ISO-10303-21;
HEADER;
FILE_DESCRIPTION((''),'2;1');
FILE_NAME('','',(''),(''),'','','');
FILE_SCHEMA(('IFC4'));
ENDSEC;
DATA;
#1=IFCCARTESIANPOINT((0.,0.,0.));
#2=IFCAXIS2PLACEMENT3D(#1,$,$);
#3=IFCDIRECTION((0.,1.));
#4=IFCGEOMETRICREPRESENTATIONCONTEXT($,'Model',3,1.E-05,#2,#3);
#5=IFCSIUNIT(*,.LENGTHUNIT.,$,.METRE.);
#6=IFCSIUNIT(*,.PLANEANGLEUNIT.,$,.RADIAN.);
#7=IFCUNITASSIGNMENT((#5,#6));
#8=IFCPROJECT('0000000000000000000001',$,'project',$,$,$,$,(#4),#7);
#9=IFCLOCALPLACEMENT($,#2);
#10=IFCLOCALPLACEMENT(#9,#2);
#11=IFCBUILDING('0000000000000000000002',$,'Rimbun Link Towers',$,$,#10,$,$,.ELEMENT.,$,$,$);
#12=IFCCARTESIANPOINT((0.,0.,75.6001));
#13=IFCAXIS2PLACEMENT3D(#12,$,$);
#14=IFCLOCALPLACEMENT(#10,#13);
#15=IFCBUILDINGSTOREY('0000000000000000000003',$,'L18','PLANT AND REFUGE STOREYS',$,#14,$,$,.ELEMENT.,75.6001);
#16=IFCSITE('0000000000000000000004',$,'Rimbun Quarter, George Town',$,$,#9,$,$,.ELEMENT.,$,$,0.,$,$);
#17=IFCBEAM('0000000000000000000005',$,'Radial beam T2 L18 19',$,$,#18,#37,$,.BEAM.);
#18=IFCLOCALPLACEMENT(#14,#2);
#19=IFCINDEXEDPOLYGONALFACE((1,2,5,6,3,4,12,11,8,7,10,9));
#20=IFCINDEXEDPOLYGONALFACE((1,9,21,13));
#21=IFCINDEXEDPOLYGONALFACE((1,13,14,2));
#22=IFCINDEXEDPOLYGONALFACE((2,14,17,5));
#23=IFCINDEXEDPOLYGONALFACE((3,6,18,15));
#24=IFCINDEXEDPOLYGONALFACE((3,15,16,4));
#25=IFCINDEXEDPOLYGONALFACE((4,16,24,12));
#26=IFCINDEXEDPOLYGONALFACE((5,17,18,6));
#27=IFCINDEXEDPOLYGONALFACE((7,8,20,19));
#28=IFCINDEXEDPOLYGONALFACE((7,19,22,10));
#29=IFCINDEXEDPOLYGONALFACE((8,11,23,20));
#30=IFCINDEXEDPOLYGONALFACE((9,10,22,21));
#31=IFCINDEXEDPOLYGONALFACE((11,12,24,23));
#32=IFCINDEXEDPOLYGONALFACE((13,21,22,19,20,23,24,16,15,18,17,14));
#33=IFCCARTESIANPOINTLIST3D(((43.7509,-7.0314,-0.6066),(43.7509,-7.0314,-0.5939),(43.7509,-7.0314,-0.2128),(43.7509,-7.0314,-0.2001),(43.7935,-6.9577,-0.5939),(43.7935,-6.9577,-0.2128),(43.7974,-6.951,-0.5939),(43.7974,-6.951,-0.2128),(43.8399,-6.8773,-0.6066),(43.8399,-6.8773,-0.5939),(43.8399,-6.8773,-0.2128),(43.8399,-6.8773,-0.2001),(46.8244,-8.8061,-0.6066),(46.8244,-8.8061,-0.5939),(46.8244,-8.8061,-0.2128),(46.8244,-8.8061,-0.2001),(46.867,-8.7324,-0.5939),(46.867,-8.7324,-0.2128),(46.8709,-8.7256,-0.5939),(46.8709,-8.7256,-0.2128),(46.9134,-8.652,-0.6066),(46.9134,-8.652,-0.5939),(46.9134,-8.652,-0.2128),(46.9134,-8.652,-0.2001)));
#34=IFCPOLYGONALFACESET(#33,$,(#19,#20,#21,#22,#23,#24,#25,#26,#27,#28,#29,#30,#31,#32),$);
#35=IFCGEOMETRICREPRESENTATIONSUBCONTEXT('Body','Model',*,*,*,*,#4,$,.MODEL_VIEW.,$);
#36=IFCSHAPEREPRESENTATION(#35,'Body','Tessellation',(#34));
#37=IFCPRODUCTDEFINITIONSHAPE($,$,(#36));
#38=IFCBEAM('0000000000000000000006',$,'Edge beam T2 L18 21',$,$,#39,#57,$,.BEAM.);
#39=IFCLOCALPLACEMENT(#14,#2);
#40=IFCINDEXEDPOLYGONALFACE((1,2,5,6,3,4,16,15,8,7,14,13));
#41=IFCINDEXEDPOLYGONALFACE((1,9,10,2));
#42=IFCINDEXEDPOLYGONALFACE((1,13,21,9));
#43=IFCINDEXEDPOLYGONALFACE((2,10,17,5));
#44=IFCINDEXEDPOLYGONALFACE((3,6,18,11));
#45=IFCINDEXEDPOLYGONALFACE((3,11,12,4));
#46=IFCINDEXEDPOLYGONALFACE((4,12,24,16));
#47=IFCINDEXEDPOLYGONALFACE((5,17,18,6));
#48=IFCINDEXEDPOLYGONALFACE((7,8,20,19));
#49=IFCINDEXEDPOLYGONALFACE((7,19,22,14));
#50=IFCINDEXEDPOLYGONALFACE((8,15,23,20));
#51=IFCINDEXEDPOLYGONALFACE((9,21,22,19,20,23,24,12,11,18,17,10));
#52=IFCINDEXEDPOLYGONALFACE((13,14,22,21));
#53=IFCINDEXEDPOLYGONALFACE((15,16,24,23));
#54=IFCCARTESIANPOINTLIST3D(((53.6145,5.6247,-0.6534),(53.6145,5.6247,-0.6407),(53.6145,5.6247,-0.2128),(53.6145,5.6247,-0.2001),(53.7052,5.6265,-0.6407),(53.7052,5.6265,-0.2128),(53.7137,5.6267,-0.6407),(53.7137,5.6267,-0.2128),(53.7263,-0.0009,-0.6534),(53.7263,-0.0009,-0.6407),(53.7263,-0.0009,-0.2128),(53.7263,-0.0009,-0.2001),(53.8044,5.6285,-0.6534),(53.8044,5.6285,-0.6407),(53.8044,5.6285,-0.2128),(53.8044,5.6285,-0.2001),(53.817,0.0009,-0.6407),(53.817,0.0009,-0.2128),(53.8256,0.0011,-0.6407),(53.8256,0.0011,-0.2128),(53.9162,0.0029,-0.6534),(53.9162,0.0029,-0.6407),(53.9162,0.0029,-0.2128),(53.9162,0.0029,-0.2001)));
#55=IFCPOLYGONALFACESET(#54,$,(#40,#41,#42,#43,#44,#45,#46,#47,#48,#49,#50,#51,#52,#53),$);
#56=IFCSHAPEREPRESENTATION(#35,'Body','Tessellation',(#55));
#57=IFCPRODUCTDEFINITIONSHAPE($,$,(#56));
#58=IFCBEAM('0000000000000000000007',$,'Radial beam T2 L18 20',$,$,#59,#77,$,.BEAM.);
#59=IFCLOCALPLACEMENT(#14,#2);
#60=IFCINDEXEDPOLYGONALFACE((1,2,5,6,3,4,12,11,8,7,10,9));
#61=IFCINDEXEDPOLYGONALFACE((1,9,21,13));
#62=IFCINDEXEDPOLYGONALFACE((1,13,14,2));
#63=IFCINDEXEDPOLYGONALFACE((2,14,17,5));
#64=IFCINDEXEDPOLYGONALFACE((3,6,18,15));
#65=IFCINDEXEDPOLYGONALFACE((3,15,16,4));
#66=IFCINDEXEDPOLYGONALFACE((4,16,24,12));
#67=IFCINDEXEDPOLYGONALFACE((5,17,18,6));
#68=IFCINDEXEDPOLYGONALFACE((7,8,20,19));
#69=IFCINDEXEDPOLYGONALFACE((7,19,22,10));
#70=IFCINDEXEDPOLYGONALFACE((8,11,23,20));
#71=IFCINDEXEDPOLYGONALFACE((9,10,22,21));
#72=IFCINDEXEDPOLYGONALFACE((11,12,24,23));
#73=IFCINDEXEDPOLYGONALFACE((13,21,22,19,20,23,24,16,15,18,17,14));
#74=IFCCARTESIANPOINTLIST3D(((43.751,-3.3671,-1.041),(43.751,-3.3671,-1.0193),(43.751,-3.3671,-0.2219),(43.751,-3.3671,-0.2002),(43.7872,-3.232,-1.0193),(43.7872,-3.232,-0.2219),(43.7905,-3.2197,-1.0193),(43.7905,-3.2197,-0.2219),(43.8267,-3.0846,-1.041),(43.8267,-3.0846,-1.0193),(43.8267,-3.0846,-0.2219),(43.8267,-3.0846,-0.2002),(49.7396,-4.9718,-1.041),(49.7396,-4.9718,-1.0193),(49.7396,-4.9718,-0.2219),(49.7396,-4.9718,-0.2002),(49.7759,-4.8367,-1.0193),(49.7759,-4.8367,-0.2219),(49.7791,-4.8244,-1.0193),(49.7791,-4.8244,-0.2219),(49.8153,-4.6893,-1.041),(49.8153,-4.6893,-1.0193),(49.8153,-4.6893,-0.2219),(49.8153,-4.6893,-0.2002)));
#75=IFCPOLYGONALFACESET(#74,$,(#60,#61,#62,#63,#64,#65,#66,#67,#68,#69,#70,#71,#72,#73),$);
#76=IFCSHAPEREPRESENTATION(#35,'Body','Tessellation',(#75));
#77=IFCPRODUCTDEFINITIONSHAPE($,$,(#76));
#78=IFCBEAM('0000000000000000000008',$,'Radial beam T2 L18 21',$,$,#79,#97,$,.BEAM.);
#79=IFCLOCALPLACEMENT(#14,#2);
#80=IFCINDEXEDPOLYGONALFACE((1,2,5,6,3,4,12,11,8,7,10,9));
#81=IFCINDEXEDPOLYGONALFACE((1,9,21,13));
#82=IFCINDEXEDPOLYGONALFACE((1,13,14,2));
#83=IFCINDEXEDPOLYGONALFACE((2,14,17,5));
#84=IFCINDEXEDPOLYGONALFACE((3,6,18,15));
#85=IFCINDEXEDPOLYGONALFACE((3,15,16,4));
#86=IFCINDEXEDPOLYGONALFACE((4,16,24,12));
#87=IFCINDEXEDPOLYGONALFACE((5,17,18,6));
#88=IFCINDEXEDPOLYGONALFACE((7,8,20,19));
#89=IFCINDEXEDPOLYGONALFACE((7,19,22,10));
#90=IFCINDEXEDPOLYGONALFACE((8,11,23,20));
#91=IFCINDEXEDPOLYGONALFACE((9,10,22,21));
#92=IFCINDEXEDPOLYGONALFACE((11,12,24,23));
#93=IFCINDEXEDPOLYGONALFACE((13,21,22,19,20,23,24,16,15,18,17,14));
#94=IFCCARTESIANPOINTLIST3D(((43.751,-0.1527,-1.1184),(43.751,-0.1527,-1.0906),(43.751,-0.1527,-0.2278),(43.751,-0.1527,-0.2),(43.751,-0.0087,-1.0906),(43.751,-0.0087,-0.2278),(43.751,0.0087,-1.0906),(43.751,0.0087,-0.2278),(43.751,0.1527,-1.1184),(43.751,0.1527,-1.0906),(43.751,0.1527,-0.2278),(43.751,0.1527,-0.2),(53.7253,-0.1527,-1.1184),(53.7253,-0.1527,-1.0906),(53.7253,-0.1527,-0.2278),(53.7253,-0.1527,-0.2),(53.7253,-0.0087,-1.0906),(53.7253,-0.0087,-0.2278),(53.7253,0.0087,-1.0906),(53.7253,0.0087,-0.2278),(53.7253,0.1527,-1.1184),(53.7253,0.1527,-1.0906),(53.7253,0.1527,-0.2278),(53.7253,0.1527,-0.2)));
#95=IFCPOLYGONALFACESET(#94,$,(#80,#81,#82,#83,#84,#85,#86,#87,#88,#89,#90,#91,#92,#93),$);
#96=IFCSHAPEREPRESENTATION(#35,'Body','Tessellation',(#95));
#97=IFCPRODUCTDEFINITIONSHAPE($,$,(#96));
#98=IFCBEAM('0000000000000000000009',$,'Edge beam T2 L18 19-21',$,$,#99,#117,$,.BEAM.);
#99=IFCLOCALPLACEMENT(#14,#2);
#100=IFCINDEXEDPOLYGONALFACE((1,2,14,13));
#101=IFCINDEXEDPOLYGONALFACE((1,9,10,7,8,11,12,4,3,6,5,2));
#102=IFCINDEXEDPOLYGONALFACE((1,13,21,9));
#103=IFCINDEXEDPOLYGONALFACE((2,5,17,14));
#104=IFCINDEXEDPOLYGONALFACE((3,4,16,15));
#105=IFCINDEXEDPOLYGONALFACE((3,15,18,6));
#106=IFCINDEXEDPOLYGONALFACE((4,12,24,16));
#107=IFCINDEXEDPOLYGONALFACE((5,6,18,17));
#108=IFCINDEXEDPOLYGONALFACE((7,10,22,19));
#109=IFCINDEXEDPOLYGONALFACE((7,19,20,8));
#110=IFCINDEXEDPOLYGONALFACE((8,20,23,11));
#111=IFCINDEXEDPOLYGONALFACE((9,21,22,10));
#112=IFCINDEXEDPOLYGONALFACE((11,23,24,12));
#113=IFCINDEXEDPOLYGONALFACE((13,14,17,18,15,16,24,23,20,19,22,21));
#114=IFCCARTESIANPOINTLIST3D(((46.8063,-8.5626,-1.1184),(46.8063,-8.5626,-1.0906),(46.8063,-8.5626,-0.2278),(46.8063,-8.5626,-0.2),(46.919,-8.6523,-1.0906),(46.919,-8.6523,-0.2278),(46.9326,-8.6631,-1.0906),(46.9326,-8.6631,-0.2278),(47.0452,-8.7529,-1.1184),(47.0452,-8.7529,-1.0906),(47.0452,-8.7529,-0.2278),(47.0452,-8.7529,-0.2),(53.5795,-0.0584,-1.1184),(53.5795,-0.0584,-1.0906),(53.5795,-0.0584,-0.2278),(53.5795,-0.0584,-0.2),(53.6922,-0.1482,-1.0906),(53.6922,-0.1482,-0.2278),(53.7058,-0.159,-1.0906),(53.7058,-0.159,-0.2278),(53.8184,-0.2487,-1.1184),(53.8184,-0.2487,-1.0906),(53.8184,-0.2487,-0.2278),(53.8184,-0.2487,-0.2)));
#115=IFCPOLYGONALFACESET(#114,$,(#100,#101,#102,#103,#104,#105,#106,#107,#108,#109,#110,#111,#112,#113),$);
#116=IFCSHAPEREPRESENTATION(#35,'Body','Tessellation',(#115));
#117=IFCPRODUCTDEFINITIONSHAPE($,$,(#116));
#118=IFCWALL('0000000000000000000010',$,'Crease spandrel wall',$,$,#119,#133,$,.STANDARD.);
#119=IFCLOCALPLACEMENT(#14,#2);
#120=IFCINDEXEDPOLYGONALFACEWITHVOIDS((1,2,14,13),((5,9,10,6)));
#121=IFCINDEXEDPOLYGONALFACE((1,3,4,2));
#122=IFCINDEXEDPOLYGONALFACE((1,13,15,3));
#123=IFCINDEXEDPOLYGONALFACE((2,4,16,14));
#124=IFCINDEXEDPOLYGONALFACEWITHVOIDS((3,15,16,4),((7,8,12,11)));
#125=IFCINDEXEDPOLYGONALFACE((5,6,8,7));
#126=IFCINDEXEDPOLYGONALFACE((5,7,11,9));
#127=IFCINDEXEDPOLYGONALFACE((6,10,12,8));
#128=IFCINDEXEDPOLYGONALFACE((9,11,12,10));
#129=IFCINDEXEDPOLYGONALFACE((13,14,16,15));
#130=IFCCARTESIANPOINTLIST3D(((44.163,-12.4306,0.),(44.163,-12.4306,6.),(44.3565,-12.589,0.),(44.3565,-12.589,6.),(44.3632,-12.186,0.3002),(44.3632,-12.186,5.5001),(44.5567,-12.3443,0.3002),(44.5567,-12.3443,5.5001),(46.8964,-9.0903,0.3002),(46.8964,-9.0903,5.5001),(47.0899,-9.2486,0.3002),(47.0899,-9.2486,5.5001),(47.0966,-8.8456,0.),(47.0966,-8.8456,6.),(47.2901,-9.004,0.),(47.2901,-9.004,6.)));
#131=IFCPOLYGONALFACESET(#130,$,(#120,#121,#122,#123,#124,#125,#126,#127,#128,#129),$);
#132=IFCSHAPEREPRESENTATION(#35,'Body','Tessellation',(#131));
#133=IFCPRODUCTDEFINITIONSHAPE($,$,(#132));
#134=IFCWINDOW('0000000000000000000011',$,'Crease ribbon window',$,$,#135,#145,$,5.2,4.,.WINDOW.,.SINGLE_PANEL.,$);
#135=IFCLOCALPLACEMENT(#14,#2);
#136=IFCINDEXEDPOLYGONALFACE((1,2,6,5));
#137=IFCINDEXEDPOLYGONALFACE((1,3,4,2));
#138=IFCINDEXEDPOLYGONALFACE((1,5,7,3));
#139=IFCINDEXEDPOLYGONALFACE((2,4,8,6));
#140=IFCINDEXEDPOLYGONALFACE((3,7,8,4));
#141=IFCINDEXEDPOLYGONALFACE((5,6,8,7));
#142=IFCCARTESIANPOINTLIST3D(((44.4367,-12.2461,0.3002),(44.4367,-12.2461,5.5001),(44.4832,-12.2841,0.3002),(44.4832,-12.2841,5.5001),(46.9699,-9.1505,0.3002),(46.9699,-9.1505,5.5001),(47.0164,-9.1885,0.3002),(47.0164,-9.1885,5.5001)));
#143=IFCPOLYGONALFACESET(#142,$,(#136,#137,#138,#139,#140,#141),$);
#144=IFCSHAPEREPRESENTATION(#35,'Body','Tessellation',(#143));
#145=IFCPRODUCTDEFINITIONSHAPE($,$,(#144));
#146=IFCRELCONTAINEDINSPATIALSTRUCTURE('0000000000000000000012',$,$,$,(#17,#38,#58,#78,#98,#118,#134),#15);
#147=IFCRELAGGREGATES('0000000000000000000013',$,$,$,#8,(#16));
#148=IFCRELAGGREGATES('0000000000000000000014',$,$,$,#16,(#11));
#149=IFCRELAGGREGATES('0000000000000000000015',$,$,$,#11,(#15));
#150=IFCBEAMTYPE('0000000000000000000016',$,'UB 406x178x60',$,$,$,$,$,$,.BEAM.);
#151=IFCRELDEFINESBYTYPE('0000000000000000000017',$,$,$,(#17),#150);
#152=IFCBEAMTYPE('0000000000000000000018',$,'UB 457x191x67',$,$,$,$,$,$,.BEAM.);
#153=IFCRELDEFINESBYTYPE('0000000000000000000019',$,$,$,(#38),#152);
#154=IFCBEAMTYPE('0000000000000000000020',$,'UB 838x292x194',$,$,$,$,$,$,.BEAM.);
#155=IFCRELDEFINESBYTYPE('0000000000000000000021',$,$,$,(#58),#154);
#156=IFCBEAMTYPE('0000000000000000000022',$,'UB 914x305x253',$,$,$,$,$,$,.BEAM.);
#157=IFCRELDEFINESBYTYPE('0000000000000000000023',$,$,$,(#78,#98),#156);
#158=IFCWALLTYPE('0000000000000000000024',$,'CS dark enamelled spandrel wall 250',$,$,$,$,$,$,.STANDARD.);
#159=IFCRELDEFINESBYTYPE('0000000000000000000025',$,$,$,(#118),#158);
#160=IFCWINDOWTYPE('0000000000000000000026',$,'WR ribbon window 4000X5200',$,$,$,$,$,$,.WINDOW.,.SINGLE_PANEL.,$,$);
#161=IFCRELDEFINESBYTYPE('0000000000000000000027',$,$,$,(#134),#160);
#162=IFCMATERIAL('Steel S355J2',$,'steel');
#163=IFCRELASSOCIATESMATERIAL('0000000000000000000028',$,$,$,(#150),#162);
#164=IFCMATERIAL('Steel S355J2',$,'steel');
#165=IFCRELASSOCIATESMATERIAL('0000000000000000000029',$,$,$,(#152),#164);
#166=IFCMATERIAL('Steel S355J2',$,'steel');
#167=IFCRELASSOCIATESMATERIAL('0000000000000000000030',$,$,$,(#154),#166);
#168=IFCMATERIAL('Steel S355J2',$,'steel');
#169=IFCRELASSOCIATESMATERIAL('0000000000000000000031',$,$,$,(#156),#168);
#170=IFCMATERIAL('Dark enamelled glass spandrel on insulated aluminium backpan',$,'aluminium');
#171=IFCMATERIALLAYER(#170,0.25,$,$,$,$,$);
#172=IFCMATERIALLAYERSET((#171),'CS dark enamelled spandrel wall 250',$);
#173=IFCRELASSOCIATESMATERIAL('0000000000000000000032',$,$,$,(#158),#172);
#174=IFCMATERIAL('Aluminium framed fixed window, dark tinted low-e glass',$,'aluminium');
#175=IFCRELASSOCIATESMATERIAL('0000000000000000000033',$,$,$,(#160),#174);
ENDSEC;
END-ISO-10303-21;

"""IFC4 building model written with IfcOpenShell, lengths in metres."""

from ifc_helpers import new_model, si_unit, direction, frame, frame_2d, origin, origin_2d, place, context, subcontext, project, spatial, rectangle, i_section, extrude, material, layer, layer_set, material_profile, profile_set, type_object, element, fill, save


model = new_model("IFC4")

# Units and contexts
model_context = context("Model", 3, precision=1e-05, world=origin(), true_north=direction((0.0, 1.0)))
body_context = subcontext(model_context, "Body", "Model", "MODEL_VIEW")
ifc_project = project(units=[si_unit("LENGTHUNIT", "METRE"), si_unit("PLANEANGLEUNIT", "RADIAN")], contexts=[model_context])

# Site, building, storey
site_placement = place(None, origin())
site = spatial("IfcSite", under=ifc_project, at=site_placement, Name="Rimbun Quarter, George Town", CompositionType="ELEMENT", RefElevation=0.0)
building_placement = place(site_placement, origin())
building = spatial("IfcBuilding", under=site, at=building_placement, Name="Rimbun Link Towers", CompositionType="ELEMENT")
storey_placement = place(building_placement, frame((0.0, 0.0, 75.6001)))
storey = spatial("IfcBuildingStorey", under=building, at=storey_placement, Name="L18", Description="PLANT AND REFUGE STOREYS", CompositionType="ELEMENT", Elevation=75.6001)

# Beams
ifc_material_1 = material(Name="Steel S355J2", Category="steel")
ifc_material_profile_1 = material_profile(ifc_material_1, i_section(OverallWidth=0.178, OverallDepth=0.4065, WebThickness=0.0078, FlangeThickness=0.0127, at=origin_2d()), Name="UB 406x178x60")
ifc_profile_set_1 = profile_set([ifc_material_profile_1], Name="Steel S355J2")
beam_type_1 = type_object("IfcBeamType", Name="UB 406x178x60", PredefinedType="BEAM", material=ifc_profile_set_1)
beam_1_placement = place(storey_placement, frame((43.7954, -6.9543, -0.4033), z_axis=(0.866003, -0.500038, 0.0), x_axis=(0.500038, 0.866003, 0.0)))
element("IfcBeam", 1, at=beam_1_placement, inside=storey, type_object=beam_type_1, Name="Radial beam T2 L18 19", PredefinedType="BEAM", context=body_context, shape_type="SweptSolid", body=[
    extrude(i_section(OverallWidth=0.178, OverallDepth=0.4065, WebThickness=0.0078, FlangeThickness=0.0127, at=origin_2d()), origin(), (0.0, 0.0, 1.0), 3.5491),
])
ifc_material_2 = material(Name="Steel S355J2", Category="steel")
ifc_material_profile_2 = material_profile(ifc_material_2, i_section(OverallWidth=0.1899, OverallDepth=0.4534, WebThickness=0.0085, FlangeThickness=0.0127, at=origin_2d()), Name="UB 457x191x67")
ifc_profile_set_2 = profile_set([ifc_material_profile_2], Name="Steel S355J2")
beam_type_2 = type_object("IfcBeamType", Name="UB 457x191x67", PredefinedType="BEAM", material=ifc_profile_set_2)
beam_2_placement = place(storey_placement, frame((53.8213, 0.001, -0.4268), z_axis=(-0.019873, 0.999803, 0.0), x_axis=(-0.999803, -0.019873, 0.0)))
element("IfcBeam", 2, at=beam_2_placement, inside=storey, type_object=beam_type_2, Name="Edge beam T2 L18 21", PredefinedType="BEAM", context=body_context, shape_type="SweptSolid", body=[
    extrude(i_section(OverallWidth=0.1899, OverallDepth=0.4534, WebThickness=0.0085, FlangeThickness=0.0127, at=origin_2d()), origin(), (0.0, 0.0, 1.0), 5.6267),
])
ifc_material_3 = material(Name="Steel S355J2", Category="steel")
ifc_material_profile_3 = material_profile(ifc_material_3, i_section(OverallWidth=0.2925, OverallDepth=0.8408, WebThickness=0.0127, FlangeThickness=0.0217, at=origin_2d()), Name="UB 838x292x194")
ifc_profile_set_3 = profile_set([ifc_material_profile_3], Name="Steel S355J2")
beam_type_3 = type_object("IfcBeamType", Name="UB 838x292x194", PredefinedType="BEAM", material=ifc_profile_set_3)
beam_3_placement = place(storey_placement, frame((43.7888, -3.2258, -0.6206), z_axis=(0.965924, -0.258827, 0.0), x_axis=(0.258827, 0.965924, 0.0)))
element("IfcBeam", 3, at=beam_3_placement, inside=storey, type_object=beam_type_3, Name="Radial beam T2 L18 20", PredefinedType="BEAM", context=body_context, shape_type="SweptSolid", body=[
    extrude(i_section(OverallWidth=0.2925, OverallDepth=0.8408, WebThickness=0.0127, FlangeThickness=0.0217, at=origin_2d()), origin(), (0.0, 0.0, 1.0), 6.2),
])
ifc_material_4 = material(Name="Steel S355J2", Category="steel")
ifc_material_profile_4 = material_profile(ifc_material_4, i_section(OverallWidth=0.3054, OverallDepth=0.9185, WebThickness=0.0173, FlangeThickness=0.0278, at=origin_2d()), Name="UB 914x305x253")
ifc_profile_set_4 = profile_set([ifc_material_profile_4], Name="Steel S355J2")
beam_type_4 = type_object("IfcBeamType", Name="UB 914x305x253", PredefinedType="BEAM", material=ifc_profile_set_4)
beam_4_placement = place(storey_placement, frame((43.751, 0.0, -0.6592), z_axis=(1.0, 0.0, 0.0), x_axis=(0.0, 1.0, 0.0)))
element("IfcBeam", 4, at=beam_4_placement, inside=storey, type_object=beam_type_4, Name="Radial beam T2 L18 21", PredefinedType="BEAM", context=body_context, shape_type="SweptSolid", body=[
    extrude(i_section(OverallWidth=0.3054, OverallDepth=0.9185, WebThickness=0.0173, FlangeThickness=0.0278, at=origin_2d()), origin(), (0.0, 0.0, 1.0), 9.9744),
])
beam_5_placement = place(storey_placement, frame((46.9258, -8.6577, -0.6592), z_axis=(0.623004, 0.782219, 0.0), x_axis=(-0.782219, 0.623004, 0.0)))
element("IfcBeam", 5, at=beam_5_placement, inside=storey, type_object=beam_type_4, Name="Edge beam T2 L18 19-21", PredefinedType="BEAM", context=body_context, shape_type="SweptSolid", body=[
    extrude(i_section(OverallWidth=0.3054, OverallDepth=0.9185, WebThickness=0.0173, FlangeThickness=0.0278, at=origin_2d()), origin(), (0.0, 0.0, 1.0), 10.8718),
])

# Wall, opening, window
ifc_material_5 = material(Name="Dark enamelled glass spandrel on insulated aluminium backpan", Category="aluminium")
ifc_layer_1 = layer(ifc_material_5, 0.25)
ifc_layer_set_1 = layer_set([ifc_layer_1], Name="CS dark enamelled spandrel wall 250")
wall_type_1 = type_object("IfcWallType", Name="CS dark enamelled spandrel wall 250", PredefinedType="STANDARD", material=ifc_layer_set_1)
wall_1_placement = place(storey_placement, frame((47.1934, -8.9248, 0.0), z_axis=(0.0, 0.0, 1.0), x_axis=(-0.633295, -0.77391, 0.0)))
wall_1 = element("IfcWall", 6, at=wall_1_placement, inside=storey, type_object=wall_type_1, Name="Crease spandrel wall", PredefinedType="STANDARD", context=body_context, shape_type="SweptSolid", body=[
    extrude(rectangle(XDim=4.6323, YDim=0.25, at=frame_2d((2.3162, 0.0))), origin(), (0.0, 0.0, 1.0), 6.0),
])
opening_1_placement = place(wall_1_placement, frame((0.3162, 0.0, 0.3)))
opening_1 = element("IfcOpeningElement", 7, at=opening_1_placement, cuts=wall_1, PredefinedType="OPENING", context=body_context, shape_type="SweptSolid", body=[
    extrude(rectangle(XDim=4.0, YDim=5.2, at=frame_2d((2.0, 2.6001))), frame((0.0, 0.135, 0.0), z_axis=(0.0, -1.0, 0.0), x_axis=(1.0, 0.0, 0.0)), (0.0, 0.0, 1.0), 0.27),
])
ifc_material_6 = material(Name="Aluminium framed fixed window, dark tinted low-e glass", Category="aluminium")
window_type_1 = type_object("IfcWindowType", Name="WR ribbon window 4000X5200", PartitioningType="SINGLE_PANEL", PredefinedType="WINDOW", material=ifc_material_6)
window_1_placement = place(opening_1_placement, origin())
window_1 = element("IfcWindow", 8, at=window_1_placement, inside=storey, type_object=window_type_1, Name="Crease ribbon window", OverallHeight=5.2, OverallWidth=4.0, PartitioningType="SINGLE_PANEL", PredefinedType="WINDOW", context=body_context, shape_type="SweptSolid", body=[
    extrude(rectangle(XDim=4.0, YDim=5.2, at=frame_2d((2.0, 2.6001))), frame((0.0, 0.03, 0.0), z_axis=(0.0, -1.0, 0.0), x_axis=(1.0, 0.0, 0.0)), (0.0, 0.0, 1.0), 0.0601),
])
fill(opening_1, window_1)

save(model, "model.ifc")
